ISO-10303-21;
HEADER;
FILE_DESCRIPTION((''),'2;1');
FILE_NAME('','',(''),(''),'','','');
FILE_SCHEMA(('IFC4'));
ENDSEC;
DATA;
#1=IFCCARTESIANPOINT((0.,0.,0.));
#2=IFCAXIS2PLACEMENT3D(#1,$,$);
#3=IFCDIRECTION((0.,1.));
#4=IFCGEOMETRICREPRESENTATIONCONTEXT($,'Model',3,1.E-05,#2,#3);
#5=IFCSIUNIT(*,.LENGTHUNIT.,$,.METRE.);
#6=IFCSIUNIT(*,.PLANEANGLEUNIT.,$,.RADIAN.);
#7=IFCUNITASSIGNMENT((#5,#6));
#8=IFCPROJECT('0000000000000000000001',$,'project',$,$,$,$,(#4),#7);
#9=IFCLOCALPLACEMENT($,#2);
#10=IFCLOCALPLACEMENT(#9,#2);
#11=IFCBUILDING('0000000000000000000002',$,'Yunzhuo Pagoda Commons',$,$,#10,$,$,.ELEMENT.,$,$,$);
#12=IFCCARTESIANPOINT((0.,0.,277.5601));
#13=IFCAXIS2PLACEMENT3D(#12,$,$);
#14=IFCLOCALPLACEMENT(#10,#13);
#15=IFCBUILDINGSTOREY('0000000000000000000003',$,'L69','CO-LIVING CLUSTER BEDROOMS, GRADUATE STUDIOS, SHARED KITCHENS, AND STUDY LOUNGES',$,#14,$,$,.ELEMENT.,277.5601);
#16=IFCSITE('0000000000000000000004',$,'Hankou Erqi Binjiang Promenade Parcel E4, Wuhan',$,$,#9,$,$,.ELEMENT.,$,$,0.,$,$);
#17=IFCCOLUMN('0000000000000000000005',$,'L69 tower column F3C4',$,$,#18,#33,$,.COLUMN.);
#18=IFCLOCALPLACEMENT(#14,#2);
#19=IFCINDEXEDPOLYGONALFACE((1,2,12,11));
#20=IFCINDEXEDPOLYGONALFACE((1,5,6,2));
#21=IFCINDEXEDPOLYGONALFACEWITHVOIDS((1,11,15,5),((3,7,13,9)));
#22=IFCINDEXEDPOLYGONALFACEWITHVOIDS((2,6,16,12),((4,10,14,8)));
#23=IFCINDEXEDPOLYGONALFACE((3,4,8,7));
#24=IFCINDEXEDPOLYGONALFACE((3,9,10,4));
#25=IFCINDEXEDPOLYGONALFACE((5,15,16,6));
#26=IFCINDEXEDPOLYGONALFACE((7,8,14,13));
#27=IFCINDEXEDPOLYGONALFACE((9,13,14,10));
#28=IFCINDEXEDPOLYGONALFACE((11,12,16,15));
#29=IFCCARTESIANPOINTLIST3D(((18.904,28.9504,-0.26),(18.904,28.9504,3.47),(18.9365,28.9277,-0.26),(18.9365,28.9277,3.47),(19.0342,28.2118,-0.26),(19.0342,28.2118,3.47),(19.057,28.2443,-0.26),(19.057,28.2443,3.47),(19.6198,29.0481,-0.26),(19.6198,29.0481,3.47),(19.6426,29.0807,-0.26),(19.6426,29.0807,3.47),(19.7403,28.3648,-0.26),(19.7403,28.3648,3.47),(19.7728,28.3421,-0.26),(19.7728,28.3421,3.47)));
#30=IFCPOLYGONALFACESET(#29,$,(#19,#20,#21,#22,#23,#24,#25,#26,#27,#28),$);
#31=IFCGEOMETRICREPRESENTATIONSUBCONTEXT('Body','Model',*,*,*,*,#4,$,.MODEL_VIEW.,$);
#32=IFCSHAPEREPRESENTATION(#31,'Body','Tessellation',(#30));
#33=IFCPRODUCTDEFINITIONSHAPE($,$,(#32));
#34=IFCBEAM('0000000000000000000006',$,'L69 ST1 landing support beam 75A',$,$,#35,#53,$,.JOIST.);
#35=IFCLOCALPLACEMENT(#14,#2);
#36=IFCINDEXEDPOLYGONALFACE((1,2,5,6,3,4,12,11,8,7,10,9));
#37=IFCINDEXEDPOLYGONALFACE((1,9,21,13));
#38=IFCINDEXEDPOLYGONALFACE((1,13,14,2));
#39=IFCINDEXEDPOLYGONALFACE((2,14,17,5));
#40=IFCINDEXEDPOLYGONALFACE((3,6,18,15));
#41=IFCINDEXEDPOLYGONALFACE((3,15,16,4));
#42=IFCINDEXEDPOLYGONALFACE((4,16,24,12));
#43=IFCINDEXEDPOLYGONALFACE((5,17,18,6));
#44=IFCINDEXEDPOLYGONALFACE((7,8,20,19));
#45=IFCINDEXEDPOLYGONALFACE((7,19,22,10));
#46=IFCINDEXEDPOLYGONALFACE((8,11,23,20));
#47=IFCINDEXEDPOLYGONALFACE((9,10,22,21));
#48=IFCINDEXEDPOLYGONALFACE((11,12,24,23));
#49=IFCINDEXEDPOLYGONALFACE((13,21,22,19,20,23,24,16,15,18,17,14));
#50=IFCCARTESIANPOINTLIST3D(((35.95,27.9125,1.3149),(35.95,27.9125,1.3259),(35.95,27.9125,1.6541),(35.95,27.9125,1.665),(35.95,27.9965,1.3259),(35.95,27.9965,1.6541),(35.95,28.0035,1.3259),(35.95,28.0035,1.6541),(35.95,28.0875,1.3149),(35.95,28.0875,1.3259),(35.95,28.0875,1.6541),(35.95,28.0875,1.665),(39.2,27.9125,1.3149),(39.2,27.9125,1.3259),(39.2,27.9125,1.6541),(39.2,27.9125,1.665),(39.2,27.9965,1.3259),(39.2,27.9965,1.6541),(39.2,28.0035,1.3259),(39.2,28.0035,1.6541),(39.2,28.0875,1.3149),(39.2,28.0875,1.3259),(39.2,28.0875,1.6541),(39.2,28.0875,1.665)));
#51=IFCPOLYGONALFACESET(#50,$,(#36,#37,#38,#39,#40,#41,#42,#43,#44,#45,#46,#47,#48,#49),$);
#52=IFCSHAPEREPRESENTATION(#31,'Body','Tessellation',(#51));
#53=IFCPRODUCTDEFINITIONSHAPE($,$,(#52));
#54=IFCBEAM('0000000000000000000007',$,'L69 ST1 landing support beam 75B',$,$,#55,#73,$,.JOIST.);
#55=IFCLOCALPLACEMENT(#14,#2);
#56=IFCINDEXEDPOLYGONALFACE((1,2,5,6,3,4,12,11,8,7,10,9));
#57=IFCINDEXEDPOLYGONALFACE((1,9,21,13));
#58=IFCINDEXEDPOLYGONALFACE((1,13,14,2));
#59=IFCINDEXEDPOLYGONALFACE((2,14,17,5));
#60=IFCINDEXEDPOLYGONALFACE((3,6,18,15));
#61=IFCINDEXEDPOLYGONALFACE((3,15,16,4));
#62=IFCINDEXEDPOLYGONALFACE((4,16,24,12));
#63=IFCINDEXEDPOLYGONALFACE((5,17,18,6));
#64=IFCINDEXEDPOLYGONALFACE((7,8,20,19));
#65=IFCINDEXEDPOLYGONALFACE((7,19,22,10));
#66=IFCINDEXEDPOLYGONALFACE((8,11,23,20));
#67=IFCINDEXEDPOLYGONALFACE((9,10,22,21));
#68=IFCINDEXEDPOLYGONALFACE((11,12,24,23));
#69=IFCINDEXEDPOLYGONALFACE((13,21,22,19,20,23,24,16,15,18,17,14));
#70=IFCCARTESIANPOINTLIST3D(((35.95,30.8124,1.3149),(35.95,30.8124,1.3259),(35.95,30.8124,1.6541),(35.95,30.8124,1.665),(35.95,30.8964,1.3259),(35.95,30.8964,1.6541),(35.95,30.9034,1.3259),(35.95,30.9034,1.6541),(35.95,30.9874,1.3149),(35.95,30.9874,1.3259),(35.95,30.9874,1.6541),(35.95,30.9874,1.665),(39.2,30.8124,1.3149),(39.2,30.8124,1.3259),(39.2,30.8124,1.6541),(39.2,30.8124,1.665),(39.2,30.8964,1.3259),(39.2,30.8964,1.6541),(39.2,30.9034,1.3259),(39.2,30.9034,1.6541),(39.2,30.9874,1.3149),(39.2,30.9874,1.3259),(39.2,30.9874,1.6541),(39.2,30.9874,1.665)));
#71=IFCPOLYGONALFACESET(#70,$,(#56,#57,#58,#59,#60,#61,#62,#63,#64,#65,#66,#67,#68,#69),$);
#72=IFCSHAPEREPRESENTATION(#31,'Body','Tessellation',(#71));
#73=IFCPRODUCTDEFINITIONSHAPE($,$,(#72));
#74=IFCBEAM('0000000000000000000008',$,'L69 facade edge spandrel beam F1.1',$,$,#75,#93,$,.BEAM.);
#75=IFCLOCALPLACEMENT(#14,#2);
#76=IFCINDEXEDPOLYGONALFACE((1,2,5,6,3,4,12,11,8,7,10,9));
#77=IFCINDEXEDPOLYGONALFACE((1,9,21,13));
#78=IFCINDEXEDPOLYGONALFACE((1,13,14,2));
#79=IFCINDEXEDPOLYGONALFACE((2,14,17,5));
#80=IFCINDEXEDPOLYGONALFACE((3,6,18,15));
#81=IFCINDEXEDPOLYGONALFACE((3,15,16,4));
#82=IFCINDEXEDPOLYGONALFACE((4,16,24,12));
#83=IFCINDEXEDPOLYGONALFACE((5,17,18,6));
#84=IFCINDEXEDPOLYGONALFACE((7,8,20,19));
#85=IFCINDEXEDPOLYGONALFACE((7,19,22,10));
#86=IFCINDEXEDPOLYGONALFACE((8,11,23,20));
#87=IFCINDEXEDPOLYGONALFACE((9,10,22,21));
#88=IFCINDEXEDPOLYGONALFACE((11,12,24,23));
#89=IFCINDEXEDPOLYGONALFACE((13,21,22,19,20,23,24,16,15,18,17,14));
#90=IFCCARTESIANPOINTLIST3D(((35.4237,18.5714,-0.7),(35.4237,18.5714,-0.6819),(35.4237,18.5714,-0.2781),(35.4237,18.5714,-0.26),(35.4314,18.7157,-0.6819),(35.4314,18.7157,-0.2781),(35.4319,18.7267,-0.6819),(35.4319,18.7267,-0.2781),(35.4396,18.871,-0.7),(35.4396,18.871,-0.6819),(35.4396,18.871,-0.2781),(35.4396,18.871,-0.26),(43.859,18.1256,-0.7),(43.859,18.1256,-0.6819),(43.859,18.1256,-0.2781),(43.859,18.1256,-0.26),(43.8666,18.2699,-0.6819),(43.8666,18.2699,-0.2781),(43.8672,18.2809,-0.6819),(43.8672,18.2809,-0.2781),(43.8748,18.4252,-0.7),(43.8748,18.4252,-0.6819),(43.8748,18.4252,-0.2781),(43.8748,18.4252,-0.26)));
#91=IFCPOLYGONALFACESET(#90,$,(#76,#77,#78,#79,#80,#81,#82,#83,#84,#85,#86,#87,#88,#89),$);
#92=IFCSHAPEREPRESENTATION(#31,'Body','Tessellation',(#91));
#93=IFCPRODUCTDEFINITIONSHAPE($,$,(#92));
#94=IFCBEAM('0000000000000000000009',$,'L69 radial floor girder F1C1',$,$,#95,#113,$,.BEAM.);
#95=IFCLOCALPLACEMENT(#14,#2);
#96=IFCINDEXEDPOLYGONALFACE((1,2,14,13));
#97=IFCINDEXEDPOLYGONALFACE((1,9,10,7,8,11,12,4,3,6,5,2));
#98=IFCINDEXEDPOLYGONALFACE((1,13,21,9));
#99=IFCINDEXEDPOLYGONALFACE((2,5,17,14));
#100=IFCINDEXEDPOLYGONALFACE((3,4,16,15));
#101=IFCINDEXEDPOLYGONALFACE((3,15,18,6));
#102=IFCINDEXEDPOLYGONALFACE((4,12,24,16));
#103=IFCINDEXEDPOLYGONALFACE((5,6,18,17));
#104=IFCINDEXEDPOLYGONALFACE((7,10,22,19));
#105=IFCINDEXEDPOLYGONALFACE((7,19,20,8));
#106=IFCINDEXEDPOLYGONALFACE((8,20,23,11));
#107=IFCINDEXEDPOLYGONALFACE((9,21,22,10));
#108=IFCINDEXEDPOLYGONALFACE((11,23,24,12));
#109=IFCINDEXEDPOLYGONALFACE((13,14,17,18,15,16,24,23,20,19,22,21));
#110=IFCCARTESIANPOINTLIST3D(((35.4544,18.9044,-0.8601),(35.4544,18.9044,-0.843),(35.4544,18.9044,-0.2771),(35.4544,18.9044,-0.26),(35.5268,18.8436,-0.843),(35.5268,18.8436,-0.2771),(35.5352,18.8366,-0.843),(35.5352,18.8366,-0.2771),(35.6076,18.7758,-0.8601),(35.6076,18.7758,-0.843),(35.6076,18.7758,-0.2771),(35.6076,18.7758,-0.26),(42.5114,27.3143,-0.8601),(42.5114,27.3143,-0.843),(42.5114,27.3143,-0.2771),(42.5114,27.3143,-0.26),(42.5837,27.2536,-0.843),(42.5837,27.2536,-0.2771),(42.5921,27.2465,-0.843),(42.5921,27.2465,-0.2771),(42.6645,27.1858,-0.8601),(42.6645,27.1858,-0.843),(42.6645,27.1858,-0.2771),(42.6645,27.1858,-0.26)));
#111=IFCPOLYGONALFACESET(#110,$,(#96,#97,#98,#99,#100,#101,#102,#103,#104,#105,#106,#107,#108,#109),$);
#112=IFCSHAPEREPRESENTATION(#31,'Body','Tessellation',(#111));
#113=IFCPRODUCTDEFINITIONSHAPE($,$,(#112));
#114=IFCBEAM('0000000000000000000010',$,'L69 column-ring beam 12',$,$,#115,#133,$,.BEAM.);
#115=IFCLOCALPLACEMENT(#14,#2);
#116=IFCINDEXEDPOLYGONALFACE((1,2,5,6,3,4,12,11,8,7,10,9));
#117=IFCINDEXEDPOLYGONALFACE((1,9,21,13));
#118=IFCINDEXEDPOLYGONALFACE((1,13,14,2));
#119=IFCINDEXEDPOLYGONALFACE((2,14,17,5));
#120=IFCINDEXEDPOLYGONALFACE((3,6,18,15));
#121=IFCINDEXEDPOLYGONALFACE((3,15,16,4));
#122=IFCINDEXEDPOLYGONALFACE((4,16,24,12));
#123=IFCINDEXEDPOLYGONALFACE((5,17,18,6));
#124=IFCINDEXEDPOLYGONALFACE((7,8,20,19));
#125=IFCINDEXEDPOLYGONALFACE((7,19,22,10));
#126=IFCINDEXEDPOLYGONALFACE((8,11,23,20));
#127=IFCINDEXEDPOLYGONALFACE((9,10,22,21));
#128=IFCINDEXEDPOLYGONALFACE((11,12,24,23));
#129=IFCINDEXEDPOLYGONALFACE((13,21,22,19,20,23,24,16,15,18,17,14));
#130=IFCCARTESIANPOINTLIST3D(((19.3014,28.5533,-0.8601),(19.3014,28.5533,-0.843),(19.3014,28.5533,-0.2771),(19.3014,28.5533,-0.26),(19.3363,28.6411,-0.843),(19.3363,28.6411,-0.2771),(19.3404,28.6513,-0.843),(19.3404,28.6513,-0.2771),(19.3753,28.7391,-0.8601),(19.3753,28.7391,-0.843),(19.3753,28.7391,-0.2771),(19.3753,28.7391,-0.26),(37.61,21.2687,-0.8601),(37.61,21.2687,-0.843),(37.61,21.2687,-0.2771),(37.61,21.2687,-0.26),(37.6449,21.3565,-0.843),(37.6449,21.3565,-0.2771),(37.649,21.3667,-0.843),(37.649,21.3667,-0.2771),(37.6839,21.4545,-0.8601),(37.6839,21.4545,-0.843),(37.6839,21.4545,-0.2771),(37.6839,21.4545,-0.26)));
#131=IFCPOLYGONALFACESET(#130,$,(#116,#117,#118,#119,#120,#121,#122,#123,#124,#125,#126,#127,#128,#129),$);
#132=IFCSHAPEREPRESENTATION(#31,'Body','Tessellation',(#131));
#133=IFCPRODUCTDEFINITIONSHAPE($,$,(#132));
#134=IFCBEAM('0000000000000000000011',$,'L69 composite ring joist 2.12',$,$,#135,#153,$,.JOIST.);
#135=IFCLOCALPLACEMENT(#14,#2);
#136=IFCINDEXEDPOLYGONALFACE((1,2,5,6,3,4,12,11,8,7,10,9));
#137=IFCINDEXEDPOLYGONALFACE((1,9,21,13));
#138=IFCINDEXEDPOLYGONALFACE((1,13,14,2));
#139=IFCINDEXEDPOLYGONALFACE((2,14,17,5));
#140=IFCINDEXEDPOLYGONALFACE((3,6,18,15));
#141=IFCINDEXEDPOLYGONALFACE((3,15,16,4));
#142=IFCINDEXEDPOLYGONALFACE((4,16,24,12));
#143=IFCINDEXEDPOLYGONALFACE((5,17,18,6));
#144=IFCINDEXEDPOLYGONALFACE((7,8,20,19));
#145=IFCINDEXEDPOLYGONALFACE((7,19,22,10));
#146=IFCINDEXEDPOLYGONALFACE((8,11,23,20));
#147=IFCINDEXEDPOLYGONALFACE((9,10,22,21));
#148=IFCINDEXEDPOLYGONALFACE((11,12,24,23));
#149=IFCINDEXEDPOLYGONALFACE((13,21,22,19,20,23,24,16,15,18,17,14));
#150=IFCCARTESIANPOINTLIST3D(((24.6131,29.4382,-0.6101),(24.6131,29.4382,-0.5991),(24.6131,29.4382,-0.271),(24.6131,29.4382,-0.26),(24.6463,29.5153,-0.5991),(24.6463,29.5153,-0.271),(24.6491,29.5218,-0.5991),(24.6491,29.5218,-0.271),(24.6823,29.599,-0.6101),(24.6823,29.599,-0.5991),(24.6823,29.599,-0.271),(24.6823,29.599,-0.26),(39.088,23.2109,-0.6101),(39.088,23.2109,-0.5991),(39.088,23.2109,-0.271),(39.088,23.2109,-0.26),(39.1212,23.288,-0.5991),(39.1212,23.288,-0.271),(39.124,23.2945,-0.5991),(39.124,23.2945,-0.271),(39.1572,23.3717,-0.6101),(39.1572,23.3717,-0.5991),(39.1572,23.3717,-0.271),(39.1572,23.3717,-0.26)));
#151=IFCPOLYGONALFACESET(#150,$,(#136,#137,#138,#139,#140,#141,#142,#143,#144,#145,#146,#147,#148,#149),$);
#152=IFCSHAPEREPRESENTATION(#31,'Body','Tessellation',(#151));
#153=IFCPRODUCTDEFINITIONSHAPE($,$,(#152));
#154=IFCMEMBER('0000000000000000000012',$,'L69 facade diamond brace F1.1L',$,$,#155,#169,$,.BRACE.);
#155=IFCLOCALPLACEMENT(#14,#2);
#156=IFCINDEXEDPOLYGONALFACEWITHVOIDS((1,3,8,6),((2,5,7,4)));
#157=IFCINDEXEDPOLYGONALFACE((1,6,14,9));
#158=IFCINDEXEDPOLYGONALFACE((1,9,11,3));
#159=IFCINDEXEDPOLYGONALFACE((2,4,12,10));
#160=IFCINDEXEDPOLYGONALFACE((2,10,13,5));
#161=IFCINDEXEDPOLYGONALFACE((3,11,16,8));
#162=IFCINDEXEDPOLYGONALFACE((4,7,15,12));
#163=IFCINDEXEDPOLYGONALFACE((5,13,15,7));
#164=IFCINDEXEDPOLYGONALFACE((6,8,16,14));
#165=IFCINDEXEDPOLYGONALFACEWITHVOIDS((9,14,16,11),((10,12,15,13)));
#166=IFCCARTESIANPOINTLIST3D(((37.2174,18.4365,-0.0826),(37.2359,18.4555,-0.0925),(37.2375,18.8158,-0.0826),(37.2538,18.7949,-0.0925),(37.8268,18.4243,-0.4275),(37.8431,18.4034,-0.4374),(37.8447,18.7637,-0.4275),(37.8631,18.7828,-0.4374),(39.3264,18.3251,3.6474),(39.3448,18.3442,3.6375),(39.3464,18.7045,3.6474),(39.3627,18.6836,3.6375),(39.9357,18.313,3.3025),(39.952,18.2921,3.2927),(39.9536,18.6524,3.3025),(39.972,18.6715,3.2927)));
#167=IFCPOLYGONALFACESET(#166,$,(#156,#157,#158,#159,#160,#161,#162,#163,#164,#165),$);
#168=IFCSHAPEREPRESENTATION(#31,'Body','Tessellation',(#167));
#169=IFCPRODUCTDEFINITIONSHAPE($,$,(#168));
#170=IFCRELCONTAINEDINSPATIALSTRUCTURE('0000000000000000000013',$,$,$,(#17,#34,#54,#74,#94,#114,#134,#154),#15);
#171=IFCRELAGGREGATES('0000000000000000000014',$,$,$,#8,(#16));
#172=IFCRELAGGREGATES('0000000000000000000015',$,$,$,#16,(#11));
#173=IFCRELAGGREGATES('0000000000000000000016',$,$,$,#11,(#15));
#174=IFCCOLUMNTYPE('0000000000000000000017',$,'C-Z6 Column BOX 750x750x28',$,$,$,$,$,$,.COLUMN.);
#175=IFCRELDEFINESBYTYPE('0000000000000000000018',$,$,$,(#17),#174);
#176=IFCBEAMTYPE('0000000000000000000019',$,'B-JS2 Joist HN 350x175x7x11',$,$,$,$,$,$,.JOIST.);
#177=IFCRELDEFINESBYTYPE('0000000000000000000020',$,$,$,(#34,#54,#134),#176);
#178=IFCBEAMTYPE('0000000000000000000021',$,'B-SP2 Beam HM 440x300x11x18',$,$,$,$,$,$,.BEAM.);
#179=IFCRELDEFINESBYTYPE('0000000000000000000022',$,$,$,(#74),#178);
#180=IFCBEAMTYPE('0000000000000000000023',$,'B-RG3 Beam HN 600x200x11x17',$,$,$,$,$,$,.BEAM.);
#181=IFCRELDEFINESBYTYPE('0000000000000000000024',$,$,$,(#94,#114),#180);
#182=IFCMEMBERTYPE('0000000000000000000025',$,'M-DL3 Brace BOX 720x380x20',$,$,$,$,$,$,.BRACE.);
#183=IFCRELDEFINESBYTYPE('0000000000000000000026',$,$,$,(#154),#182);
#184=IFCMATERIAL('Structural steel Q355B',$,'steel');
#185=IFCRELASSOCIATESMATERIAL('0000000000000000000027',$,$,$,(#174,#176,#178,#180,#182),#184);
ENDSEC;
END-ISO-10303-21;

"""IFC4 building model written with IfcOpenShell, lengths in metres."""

from ifc_helpers import new_model, si_unit, direction, frame, origin, origin_2d, place, context, subcontext, project, spatial, hollow_rectangle, i_section, extrude, source, transform, mapped, material, material_profile, profile_set, type_object, element, save


model = new_model("IFC4")

# Units and contexts
model_context = context("Model", 3, precision=1e-05, world=origin(), true_north=direction((0.0, 1.0)))
body_context = subcontext(model_context, "Body", "Model", "MODEL_VIEW")
ifc_project = project(units=[si_unit("LENGTHUNIT", "METRE"), si_unit("PLANEANGLEUNIT", "RADIAN")], contexts=[model_context])

# Site, building, storey
site_placement = place(None, origin())
site = spatial("IfcSite", under=ifc_project, at=site_placement, Name="Hankou Erqi Binjiang Promenade Parcel E4, Wuhan", CompositionType="ELEMENT", RefElevation=0.0)
building_placement = place(site_placement, origin())
building = spatial("IfcBuilding", under=site, at=building_placement, Name="Yunzhuo Pagoda Commons", CompositionType="ELEMENT")
storey_placement = place(building_placement, frame((0.0, 0.0, 277.5601)))
storey = spatial("IfcBuildingStorey", under=building, at=storey_placement, Name="L69", Description="CO-LIVING CLUSTER BEDROOMS, GRADUATE STUDIOS, SHARED KITCHENS, AND STUDY LOUNGES", CompositionType="ELEMENT", Elevation=277.5601)

# Column
ifc_material_1 = material(Name="Structural steel Q355B", Category="steel")
ifc_material_profile_1 = material_profile(ifc_material_1, hollow_rectangle(XDim=0.75, YDim=0.75, WallThickness=0.0281, at=origin_2d()), Name="Structural steel Q355B")
ifc_profile_set_1 = profile_set([ifc_material_profile_1], Name="Structural steel Q355B")
column_type = type_object("IfcColumnType", Name="C-Z6 Column BOX 750x750x28", PredefinedType="COLUMN", material=ifc_profile_set_1)
shared_shape_1 = source(origin(), body_context, "Body", "SweptSolid", [
    extrude(hollow_rectangle(XDim=0.75, YDim=0.75, WallThickness=0.0281, at=origin_2d()), origin(), (0.0, 0.0, 1.0), 3.73),
])
column_placement = place(storey_placement, frame((19.3384, 28.6462, -0.26), z_axis=(0.0, 0.0, 1.0), x_axis=(0.173648, -0.984808, 0.0)))
element("IfcColumn", 1, at=column_placement, inside=storey, type_object=column_type, Name="L69 tower column F3C4", PredefinedType="COLUMN", context=body_context, shape_type="MappedRepresentation", body=[
    mapped(shared_shape_1, transform((0.0, 0.0, 0.0), scale=1.0)),
])

# Beams
ifc_material_profile_2 = material_profile(ifc_material_1, i_section(OverallWidth=0.175, OverallDepth=0.3501, WebThickness=0.0071, FlangeThickness=0.011, at=origin_2d()), Name="Structural steel Q355B")
ifc_profile_set_2 = profile_set([ifc_material_profile_2], Name="Structural steel Q355B")
beam_type_1 = type_object("IfcBeamType", Name="B-JS2 Joist HN 350x175x7x11", PredefinedType="JOIST", material=ifc_profile_set_2)
shared_shape_2 = source(origin(), body_context, "Body", "SweptSolid", [
    extrude(i_section(OverallWidth=0.175, OverallDepth=0.3501, WebThickness=0.0071, FlangeThickness=0.011, at=origin_2d()), origin(), (0.0, 0.0, 1.0), 3.25),
])
for number, where, z_axis, x_axis, name in (
    (2, (35.95, 28.0, 1.49), (1.0, 0.0, 0.0), (0.0, 1.0, 0.0), "L69 ST1 landing support beam 75A"),
    (3, (35.95, 30.8999, 1.49), (1.0, 0.0, 0.0), (0.0, 1.0, 0.0), "L69 ST1 landing support beam 75B"),
):
    element("IfcBeam", number, at=place(storey_placement, frame(where, z_axis=z_axis, x_axis=x_axis)), inside=storey, type_object=beam_type_1, Name=name, PredefinedType="JOIST", context=body_context, shape_type="MappedRepresentation", body=[
        mapped(shared_shape_2, transform((0.0, 0.0, 0.0), scale=1.0)),
    ])
ifc_material_profile_3 = material_profile(ifc_material_1, i_section(OverallWidth=0.3, OverallDepth=0.4399, WebThickness=0.011, FlangeThickness=0.0181, at=origin_2d()), Name="Structural steel Q355B")
ifc_profile_set_3 = profile_set([ifc_material_profile_3], Name="Structural steel Q355B")
beam_type_2 = type_object("IfcBeamType", Name="B-SP2 Beam HM 440x300x11x18", PredefinedType="BEAM", material=ifc_profile_set_3)
shared_shape_3 = source(origin(), body_context, "Body", "SweptSolid", [
    extrude(i_section(OverallWidth=0.3, OverallDepth=0.4399, WebThickness=0.011, FlangeThickness=0.0181, at=origin_2d()), origin(), (0.0, 0.0, 1.0), 8.447),
])
beam_1_placement = place(storey_placement, frame((35.4316, 18.7212, -0.48), z_axis=(0.998606, -0.052776, 0.0), x_axis=(0.052776, 0.998606, 0.0)))
element("IfcBeam", 4, at=beam_1_placement, inside=storey, type_object=beam_type_2, Name="L69 facade edge spandrel beam F1.1", PredefinedType="BEAM", context=body_context, shape_type="MappedRepresentation", body=[
    mapped(shared_shape_3, transform((0.0, 0.0, 0.0), scale=1.0)),
])
ifc_material_profile_4 = material_profile(ifc_material_1, i_section(OverallWidth=0.2, OverallDepth=0.6001, WebThickness=0.011, FlangeThickness=0.0171, at=origin_2d()), Name="Structural steel Q355B")
ifc_profile_set_4 = profile_set([ifc_material_profile_4], Name="Structural steel Q355B")
beam_type_3 = type_object("IfcBeamType", Name="B-RG3 Beam HN 600x200x11x17", PredefinedType="BEAM", material=ifc_profile_set_4)
shared_shape_4 = source(origin(), body_context, "Body", "SweptSolid", [
    extrude(i_section(OverallWidth=0.2, OverallDepth=0.6001, WebThickness=0.011, FlangeThickness=0.0171, at=origin_2d()), origin(), (0.0, 0.0, 1.0), 10.9785),
])
beam_2_placement = place(storey_placement, frame((35.531, 18.8401, -0.5601), z_axis=(0.642795, 0.766039, 0.0), x_axis=(-0.766039, 0.642795, 0.0)))
element("IfcBeam", 5, at=beam_2_placement, inside=storey, type_object=beam_type_3, Name="L69 radial floor girder F1C1", PredefinedType="BEAM", context=body_context, shape_type="MappedRepresentation", body=[
    mapped(shared_shape_4, transform((0.0, 0.0, 0.0), scale=1.0)),
])
shared_shape_5 = source(origin(), body_context, "Body", "SweptSolid", [
    extrude(i_section(OverallWidth=0.2, OverallDepth=0.6001, WebThickness=0.011, FlangeThickness=0.0171, at=origin_2d()), origin(), (0.0, 0.0, 1.0), 19.7046),
])
beam_3_placement = place(storey_placement, frame((19.3384, 28.6462, -0.5601), z_axis=(0.929154, -0.369694, 0.0), x_axis=(0.369694, 0.929154, 0.0)))
element("IfcBeam", 6, at=beam_3_placement, inside=storey, type_object=beam_type_3, Name="L69 column-ring beam 12", PredefinedType="BEAM", context=body_context, shape_type="MappedRepresentation", body=[
    mapped(shared_shape_5, transform((0.0, 0.0, 0.0), scale=1.0)),
])
shared_shape_6 = source(origin(), body_context, "Body", "SweptSolid", [
    extrude(i_section(OverallWidth=0.175, OverallDepth=0.3501, WebThickness=0.0071, FlangeThickness=0.011, at=origin_2d()), origin(), (0.0, 0.0, 1.0), 15.7576),
])
beam_4_placement = place(storey_placement, frame((24.6477, 29.5186, -0.4351), z_axis=(0.918598, -0.395194, 0.0), x_axis=(0.395194, 0.918598, 0.0)))
element("IfcBeam", 7, at=beam_4_placement, inside=storey, type_object=beam_type_1, Name="L69 composite ring joist 2.12", PredefinedType="JOIST", context=body_context, shape_type="MappedRepresentation", body=[
    mapped(shared_shape_6, transform((0.0, 0.0, 0.0), scale=1.0)),
])

# Member
ifc_material_profile_5 = material_profile(ifc_material_1, hollow_rectangle(XDim=0.3799, YDim=0.72, WallThickness=0.02, at=origin_2d()), Name="Structural steel Q355B")
ifc_profile_set_5 = profile_set([ifc_material_profile_5], Name="Structural steel Q355B")
member_type_1 = type_object("IfcMemberType", Name="M-DL3 Brace BOX 720x380x20", PredefinedType="BRACE", material=ifc_profile_set_5)
shared_shape_7 = source(origin(), body_context, "Body", "SweptSolid", [
    extrude(hollow_rectangle(XDim=0.3799, YDim=0.72, WallThickness=0.02, at=origin_2d()), origin(), (0.0, 0.0, 1.0), 4.2864),
])
member_1_placement = place(storey_placement, frame((37.5403, 18.6096, -0.26), z_axis=(0.492004, -0.025973, 0.870205), x_axis=(0.052717, 0.99861, 0.0)))
element("IfcMember", 8, at=member_1_placement, inside=storey, type_object=member_type_1, Name="L69 facade diamond brace F1.1L", PredefinedType="BRACE", context=body_context, shape_type="MappedRepresentation", body=[
    mapped(shared_shape_7, transform((0.0, 0.0, 0.0), scale=1.0)),
])

save(model, "model.ifc")
